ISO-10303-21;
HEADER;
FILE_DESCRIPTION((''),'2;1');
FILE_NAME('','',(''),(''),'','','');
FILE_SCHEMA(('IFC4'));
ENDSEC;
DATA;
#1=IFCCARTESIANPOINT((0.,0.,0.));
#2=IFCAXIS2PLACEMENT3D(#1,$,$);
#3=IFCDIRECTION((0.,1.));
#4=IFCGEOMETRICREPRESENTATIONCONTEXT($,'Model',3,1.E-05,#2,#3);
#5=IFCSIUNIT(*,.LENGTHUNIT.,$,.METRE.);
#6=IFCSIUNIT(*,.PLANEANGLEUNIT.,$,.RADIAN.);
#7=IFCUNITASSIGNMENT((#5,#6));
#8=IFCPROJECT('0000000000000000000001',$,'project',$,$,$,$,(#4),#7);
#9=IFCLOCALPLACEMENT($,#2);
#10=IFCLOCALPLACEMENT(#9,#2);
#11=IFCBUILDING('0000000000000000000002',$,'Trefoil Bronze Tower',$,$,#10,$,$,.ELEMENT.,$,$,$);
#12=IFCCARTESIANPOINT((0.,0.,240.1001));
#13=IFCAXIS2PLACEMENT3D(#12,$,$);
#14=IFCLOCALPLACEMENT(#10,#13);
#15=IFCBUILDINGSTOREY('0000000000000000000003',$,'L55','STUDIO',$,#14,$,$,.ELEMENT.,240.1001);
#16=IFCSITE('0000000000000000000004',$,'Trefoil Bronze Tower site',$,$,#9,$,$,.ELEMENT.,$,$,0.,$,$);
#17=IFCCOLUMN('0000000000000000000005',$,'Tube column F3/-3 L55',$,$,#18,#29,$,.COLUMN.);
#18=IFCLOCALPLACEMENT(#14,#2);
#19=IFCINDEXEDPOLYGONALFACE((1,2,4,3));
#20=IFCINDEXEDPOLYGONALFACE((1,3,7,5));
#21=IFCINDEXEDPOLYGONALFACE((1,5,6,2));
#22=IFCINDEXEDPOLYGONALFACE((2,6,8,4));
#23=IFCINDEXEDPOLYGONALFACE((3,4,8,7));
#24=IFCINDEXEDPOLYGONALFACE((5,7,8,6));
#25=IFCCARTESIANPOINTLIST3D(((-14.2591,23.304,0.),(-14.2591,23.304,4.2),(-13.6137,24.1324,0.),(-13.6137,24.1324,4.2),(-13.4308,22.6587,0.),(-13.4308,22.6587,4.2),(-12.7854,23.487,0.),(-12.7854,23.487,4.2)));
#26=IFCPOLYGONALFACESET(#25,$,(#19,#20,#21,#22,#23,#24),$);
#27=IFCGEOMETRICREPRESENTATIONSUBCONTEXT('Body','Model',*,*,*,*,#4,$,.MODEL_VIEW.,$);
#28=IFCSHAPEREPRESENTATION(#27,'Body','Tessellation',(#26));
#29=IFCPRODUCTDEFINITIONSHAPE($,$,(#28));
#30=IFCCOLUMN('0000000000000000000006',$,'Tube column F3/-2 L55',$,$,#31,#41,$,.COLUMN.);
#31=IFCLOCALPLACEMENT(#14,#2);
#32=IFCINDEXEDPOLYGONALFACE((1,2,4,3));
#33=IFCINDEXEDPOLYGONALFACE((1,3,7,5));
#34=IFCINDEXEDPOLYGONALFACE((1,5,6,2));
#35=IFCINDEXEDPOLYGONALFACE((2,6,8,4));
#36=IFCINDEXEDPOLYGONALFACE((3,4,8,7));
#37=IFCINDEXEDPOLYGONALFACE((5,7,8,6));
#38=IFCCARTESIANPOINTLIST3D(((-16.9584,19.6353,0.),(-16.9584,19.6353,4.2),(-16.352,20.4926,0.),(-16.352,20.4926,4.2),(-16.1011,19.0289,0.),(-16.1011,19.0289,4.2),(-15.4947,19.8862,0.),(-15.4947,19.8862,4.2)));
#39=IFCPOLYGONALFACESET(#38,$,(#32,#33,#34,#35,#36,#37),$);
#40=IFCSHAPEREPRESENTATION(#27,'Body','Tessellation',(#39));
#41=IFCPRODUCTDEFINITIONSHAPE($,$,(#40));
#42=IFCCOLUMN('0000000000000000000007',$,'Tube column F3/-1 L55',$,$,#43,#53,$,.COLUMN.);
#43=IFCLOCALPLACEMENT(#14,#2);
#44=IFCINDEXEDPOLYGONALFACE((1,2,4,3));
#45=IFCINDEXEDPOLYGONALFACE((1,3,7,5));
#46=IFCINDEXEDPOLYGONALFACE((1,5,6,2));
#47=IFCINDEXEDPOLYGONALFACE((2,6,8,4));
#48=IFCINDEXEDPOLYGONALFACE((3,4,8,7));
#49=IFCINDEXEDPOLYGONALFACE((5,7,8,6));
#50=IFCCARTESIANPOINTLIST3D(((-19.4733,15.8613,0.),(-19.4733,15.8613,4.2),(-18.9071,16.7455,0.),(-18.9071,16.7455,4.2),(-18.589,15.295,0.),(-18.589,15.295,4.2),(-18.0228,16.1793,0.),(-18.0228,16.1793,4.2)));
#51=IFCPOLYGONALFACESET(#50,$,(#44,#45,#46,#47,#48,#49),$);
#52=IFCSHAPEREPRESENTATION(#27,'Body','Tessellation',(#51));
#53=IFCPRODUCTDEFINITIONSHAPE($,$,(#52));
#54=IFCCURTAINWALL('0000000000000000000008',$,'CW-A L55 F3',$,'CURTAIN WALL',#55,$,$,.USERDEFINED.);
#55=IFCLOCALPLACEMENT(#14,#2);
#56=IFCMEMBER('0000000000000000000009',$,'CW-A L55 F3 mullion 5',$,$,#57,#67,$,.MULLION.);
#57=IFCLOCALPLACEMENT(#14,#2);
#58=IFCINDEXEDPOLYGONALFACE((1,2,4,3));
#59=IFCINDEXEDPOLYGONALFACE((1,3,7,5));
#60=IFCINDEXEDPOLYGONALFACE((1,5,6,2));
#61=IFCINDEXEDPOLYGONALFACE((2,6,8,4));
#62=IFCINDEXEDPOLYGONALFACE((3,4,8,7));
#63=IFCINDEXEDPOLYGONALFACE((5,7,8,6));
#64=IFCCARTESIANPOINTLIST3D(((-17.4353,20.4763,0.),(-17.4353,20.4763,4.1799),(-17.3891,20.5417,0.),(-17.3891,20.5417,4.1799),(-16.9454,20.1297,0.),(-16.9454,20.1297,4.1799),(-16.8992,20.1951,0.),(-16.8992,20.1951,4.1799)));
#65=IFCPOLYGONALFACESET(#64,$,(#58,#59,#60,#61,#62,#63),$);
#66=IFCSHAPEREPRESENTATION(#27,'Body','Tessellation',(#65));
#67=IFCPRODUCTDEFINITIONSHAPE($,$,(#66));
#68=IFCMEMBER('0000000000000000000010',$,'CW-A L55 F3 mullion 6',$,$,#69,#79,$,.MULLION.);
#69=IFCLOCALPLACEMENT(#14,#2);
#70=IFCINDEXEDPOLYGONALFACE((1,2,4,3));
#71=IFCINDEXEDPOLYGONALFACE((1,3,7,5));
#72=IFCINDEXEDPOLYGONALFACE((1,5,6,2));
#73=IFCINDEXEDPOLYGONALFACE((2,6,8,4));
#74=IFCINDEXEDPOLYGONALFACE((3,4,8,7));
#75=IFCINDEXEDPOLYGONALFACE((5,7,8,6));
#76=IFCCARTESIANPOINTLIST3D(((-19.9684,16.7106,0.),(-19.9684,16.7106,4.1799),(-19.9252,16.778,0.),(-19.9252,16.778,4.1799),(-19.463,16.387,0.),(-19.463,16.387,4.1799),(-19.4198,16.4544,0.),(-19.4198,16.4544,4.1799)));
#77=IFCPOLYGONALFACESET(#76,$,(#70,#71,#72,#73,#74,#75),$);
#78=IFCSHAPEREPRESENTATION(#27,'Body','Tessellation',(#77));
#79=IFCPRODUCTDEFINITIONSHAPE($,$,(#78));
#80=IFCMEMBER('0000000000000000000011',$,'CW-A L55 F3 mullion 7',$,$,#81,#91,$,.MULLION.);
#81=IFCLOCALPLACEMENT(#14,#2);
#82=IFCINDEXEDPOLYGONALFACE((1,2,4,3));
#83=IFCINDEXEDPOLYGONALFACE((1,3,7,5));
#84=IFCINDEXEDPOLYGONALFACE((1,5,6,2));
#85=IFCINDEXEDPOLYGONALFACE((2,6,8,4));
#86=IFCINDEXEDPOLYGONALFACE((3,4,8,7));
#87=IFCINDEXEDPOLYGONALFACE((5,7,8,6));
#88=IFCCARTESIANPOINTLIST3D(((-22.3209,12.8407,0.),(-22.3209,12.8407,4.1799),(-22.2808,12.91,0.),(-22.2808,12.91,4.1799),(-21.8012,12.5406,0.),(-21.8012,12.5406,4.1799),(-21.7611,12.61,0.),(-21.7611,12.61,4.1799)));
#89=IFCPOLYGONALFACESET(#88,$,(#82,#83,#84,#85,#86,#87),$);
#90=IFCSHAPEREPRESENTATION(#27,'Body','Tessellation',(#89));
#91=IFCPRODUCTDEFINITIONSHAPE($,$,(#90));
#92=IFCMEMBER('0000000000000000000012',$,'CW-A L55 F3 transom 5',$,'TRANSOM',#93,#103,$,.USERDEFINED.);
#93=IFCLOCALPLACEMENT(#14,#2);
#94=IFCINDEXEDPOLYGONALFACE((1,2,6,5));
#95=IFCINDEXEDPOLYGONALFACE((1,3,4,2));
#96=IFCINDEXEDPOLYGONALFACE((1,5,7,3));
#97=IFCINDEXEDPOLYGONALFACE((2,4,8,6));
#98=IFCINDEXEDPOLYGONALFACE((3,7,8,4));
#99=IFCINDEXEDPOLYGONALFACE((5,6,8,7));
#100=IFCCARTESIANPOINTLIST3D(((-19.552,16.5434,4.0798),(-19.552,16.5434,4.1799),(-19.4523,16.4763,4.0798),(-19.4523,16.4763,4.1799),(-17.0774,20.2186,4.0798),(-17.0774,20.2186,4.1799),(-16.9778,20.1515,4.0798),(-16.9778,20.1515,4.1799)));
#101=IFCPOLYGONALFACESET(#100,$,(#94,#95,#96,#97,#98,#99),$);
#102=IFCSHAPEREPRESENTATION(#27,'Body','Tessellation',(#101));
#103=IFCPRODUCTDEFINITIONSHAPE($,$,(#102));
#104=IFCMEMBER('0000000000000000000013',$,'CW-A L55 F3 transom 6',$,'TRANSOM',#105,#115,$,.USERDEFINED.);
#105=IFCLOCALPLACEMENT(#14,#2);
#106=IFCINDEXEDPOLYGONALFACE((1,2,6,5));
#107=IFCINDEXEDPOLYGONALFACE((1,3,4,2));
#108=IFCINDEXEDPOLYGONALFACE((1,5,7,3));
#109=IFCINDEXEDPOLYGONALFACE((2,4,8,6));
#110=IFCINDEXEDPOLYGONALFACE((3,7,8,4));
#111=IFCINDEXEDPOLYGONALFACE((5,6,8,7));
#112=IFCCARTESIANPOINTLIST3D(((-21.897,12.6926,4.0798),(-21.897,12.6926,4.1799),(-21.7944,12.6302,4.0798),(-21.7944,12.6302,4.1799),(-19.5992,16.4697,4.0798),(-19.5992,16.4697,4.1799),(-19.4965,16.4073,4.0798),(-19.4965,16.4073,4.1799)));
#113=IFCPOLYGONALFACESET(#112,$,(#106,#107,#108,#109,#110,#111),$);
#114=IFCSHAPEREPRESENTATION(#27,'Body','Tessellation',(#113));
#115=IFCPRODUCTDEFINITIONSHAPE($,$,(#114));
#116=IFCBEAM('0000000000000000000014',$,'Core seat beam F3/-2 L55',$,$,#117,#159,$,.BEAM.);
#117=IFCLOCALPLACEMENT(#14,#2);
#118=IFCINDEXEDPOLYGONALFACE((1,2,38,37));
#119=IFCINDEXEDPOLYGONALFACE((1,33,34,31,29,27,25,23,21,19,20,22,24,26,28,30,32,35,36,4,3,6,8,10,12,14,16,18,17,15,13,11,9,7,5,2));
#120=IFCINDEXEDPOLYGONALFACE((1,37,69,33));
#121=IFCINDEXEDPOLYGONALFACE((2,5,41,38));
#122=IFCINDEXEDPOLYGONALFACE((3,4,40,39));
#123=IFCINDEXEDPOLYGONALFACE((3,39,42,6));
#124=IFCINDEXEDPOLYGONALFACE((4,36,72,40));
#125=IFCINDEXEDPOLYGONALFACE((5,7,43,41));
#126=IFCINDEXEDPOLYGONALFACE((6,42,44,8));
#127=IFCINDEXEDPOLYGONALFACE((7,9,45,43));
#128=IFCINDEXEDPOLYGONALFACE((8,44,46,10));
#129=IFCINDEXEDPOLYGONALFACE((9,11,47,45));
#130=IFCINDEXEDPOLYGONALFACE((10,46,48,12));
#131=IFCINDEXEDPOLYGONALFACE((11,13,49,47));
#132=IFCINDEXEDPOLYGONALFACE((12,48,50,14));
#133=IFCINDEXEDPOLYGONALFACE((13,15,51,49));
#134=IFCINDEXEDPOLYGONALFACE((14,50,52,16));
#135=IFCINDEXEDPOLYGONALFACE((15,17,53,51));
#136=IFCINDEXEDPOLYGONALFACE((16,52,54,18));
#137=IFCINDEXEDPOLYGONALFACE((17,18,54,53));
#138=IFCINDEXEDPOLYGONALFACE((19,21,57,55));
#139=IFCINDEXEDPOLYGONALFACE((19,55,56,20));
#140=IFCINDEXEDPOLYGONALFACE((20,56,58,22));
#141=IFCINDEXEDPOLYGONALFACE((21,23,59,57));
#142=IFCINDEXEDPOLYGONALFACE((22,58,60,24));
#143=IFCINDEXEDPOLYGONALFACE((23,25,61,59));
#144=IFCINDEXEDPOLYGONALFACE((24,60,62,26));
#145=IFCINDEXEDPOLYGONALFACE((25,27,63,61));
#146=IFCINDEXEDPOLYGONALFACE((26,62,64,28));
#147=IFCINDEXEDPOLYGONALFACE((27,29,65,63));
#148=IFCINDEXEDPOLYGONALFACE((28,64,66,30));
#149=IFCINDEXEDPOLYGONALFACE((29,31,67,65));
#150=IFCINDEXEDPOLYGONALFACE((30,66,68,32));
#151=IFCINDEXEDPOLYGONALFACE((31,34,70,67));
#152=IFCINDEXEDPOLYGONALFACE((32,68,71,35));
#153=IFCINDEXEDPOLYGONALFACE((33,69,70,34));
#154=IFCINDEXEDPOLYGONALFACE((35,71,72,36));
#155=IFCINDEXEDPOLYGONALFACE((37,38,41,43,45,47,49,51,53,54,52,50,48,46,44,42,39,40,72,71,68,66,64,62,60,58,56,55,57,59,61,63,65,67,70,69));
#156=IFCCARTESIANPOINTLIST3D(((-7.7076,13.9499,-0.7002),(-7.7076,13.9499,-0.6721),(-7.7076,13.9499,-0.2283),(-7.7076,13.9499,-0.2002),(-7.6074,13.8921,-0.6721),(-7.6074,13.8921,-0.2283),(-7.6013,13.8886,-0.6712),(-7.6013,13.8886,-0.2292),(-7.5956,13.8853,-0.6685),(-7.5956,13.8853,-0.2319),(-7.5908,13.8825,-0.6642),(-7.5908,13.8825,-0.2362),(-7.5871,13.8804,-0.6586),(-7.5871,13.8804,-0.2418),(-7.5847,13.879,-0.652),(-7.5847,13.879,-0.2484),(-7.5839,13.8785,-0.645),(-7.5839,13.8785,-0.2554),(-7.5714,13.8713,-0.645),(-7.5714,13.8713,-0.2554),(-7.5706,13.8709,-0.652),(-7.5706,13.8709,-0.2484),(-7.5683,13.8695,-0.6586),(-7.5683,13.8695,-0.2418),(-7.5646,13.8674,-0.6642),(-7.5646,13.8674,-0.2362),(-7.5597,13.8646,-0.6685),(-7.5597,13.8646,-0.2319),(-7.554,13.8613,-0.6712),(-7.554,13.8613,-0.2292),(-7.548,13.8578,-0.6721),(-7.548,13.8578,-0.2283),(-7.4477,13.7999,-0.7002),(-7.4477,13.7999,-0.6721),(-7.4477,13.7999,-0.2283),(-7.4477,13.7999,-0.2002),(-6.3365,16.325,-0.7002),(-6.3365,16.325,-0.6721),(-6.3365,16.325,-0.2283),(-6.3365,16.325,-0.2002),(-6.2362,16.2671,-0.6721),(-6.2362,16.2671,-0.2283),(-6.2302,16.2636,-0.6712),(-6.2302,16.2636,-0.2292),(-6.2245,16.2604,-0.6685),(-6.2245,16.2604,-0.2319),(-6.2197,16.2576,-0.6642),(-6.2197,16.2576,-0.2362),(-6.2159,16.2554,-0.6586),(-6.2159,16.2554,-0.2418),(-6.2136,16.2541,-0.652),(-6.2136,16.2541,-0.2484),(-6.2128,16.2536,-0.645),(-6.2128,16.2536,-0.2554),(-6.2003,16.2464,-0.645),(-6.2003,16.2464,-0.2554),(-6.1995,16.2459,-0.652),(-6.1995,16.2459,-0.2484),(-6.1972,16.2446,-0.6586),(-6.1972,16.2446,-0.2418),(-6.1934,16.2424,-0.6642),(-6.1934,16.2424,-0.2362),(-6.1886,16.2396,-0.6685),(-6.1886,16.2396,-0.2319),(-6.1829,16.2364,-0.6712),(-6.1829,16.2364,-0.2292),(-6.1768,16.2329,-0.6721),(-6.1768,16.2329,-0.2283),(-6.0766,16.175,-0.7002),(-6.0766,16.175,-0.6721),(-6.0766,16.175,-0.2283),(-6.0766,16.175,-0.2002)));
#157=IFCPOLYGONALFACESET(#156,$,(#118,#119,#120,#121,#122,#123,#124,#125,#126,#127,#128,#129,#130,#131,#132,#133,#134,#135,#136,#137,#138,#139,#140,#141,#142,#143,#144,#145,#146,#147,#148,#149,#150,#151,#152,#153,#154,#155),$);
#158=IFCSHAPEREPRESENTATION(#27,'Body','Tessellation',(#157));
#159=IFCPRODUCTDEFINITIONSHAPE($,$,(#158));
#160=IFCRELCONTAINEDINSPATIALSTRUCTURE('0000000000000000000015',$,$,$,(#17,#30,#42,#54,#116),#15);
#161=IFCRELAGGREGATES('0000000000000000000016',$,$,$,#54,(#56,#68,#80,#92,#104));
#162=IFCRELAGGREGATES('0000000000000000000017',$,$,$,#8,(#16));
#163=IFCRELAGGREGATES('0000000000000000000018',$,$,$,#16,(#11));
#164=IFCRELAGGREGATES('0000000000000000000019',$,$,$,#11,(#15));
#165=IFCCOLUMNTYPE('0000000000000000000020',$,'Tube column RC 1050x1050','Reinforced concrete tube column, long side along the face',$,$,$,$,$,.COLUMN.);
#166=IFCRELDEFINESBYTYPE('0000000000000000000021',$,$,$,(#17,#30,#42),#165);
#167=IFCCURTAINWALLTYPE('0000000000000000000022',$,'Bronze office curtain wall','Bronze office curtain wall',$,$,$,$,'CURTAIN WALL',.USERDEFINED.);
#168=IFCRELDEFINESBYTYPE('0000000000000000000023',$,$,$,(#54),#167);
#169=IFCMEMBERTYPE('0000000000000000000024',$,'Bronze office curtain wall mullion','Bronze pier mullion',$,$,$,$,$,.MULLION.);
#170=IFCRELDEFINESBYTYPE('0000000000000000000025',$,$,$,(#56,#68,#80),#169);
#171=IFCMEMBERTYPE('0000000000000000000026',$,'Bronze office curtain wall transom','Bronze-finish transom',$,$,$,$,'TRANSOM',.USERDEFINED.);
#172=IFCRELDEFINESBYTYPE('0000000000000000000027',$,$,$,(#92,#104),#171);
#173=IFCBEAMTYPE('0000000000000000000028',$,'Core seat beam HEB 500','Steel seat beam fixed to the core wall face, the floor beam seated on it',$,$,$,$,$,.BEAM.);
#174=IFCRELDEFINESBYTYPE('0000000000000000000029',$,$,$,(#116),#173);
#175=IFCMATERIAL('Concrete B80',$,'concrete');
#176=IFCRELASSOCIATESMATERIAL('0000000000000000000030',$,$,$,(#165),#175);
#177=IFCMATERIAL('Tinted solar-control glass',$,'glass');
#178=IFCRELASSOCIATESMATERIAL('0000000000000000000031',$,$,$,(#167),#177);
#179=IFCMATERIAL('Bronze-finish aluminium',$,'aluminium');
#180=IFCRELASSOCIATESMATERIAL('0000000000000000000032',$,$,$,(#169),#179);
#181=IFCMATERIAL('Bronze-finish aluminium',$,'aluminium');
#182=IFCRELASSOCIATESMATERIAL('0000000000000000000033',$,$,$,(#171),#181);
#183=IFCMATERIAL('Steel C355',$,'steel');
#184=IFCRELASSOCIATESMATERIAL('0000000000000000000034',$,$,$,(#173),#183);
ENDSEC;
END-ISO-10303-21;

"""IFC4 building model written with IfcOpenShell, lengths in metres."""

from ifc_helpers import new_model, si_unit, direction, frame, origin, origin_2d, place, context, subcontext, project, spatial, rectangle, i_section, extrude, material, material_profile, profile_set, type_object, element, aggregate, save


model = new_model("IFC4")

# Units and contexts
model_context = context("Model", 3, precision=1e-05, world=origin(), true_north=direction((0.0, 1.0)))
body_context = subcontext(model_context, "Body", "Model", "MODEL_VIEW")
ifc_project = project(units=[si_unit("LENGTHUNIT", "METRE"), si_unit("PLANEANGLEUNIT", "RADIAN")], contexts=[model_context])

# Site, building, storey
site_placement = place(None, origin())
site = spatial("IfcSite", under=ifc_project, at=site_placement, Name="Trefoil Bronze Tower site", CompositionType="ELEMENT", RefElevation=0.0)
building_placement = place(site_placement, origin())
building = spatial("IfcBuilding", under=site, at=building_placement, Name="Trefoil Bronze Tower", CompositionType="ELEMENT")
storey_placement = place(building_placement, frame((0.0, 0.0, 240.1001)))
storey = spatial("IfcBuildingStorey", under=building, at=storey_placement, Name="L55", Description="STUDIO", CompositionType="ELEMENT", Elevation=240.1001)

# Columns
ifc_material_1 = material(Name="Concrete B80", Category="concrete")
ifc_material_profile_1 = material_profile(ifc_material_1, rectangle(XDim=1.05, YDim=1.05, at=origin_2d()), Name="RC 1050x1050")
ifc_profile_set_1 = profile_set([ifc_material_profile_1], Name="Concrete B80")
column_type = type_object("IfcColumnType", Name="Tube column RC 1050x1050", Description="Reinforced concrete tube column, long side along the face", PredefinedType="COLUMN", material=ifc_profile_set_1)
for number, where, z_axis, x_axis, name in (
    (1, (-13.5222, 23.3955, 0.0), (0.0, 0.0, 1.0), (-0.614622, -0.788821, 0.0), "Tube column F3/-3 L55"),
    (2, (-16.2266, 19.7607, 0.0), (0.0, 0.0, 1.0), (-0.577481, -0.816404, 0.0), "Tube column F3/-2 L55"),
    (3, (-18.748, 16.0203, 0.0), (0.0, 0.0, 1.0), (-0.53927, -0.842133, 0.0), "Tube column F3/-1 L55"),
):
    element("IfcColumn", number, at=place(storey_placement, frame(where, z_axis=z_axis, x_axis=x_axis)), inside=storey, type_object=column_type, Name=name, PredefinedType="COLUMN", context=body_context, shape_type="SweptSolid", body=[
        extrude(rectangle(XDim=1.05, YDim=1.05, at=origin_2d()), origin(), (0.0, 0.0, 1.0), 4.2),
    ])

# Curtain wall, members
ifc_material_2 = material(Name="Tinted solar-control glass", Category="glass")
curtain_wall_type = type_object("IfcCurtainWallType", Name="Bronze office curtain wall", Description="Bronze office curtain wall", ElementType="CURTAIN WALL", PredefinedType="USERDEFINED", material=ifc_material_2)
curtain_wall_placement = place(storey_placement, origin())
curtain_wall = element("IfcCurtainWall", 4, at=curtain_wall_placement, inside=storey, type_object=curtain_wall_type, Name="CW-A L55 F3", ObjectType="CURTAIN WALL", PredefinedType="USERDEFINED")
ifc_material_3 = material(Name="Bronze-finish aluminium", Category="aluminium")
ifc_material_profile_2 = material_profile(ifc_material_3, rectangle(XDim=0.6001, YDim=0.0801, at=origin_2d()), Name="CW-A mullion")
ifc_profile_set_2 = profile_set([ifc_material_profile_2], Name="Bronze-finish aluminium")
member_type_1 = type_object("IfcMemberType", Name="Bronze office curtain wall mullion", Description="Bronze pier mullion", PredefinedType="MULLION", material=ifc_profile_set_2)
member_1_placement = place(storey_placement, frame((-17.1672, 20.3357, 0.0), z_axis=(0.0, 0.0, 1.0), x_axis=(0.816404, -0.577481, 0.0)))
member_1 = element("IfcMember", 5, at=member_1_placement, type_object=member_type_1, Name="CW-A L55 F3 mullion 5", PredefinedType="MULLION", context=body_context, shape_type="SweptSolid", body=[
    extrude(rectangle(XDim=0.6001, YDim=0.0801, at=origin_2d()), origin(), (0.0, 0.0, 1.0), 4.1799),
])
member_2_placement = place(storey_placement, frame((-19.6941, 16.5825, 0.0), z_axis=(0.0, 0.0, 1.0), x_axis=(0.842133, -0.53927, 0.0)))
member_2 = element("IfcMember", 6, at=member_2_placement, type_object=member_type_1, Name="CW-A L55 F3 mullion 6", PredefinedType="MULLION", context=body_context, shape_type="SweptSolid", body=[
    extrude(rectangle(XDim=0.6001, YDim=0.0801, at=origin_2d()), origin(), (0.0, 0.0, 1.0), 4.1799),
])
member_3_placement = place(storey_placement, frame((-22.041, 12.7253, 0.0), z_axis=(0.0, 0.0, 1.0), x_axis=(0.866025, -0.5, 0.0)))
member_3 = element("IfcMember", 7, at=member_3_placement, type_object=member_type_1, Name="CW-A L55 F3 mullion 7", PredefinedType="MULLION", context=body_context, shape_type="SweptSolid", body=[
    extrude(rectangle(XDim=0.6001, YDim=0.0801, at=origin_2d()), origin(), (0.0, 0.0, 1.0), 4.1799),
])
ifc_material_4 = material(Name="Bronze-finish aluminium", Category="aluminium")
ifc_material_profile_3 = material_profile(ifc_material_4, rectangle(XDim=0.1201, YDim=0.1001, at=origin_2d()), Name="CW-A transom")
ifc_profile_set_3 = profile_set([ifc_material_profile_3], Name="Bronze-finish aluminium")
member_type_2 = type_object("IfcMemberType", Name="Bronze office curtain wall transom", Description="Bronze-finish transom", ElementType="TRANSOM", PredefinedType="USERDEFINED", material=ifc_profile_set_3)
member_4_placement = place(storey_placement, frame((-17.0276, 20.1851, 4.1299), z_axis=(-0.558509, -0.829498, 0.0), x_axis=(0.829498, -0.558509, 0.0)))
member_4 = element("IfcMember", 8, at=member_4_placement, type_object=member_type_2, Name="CW-A L55 F3 transom 5", ObjectType="TRANSOM", PredefinedType="USERDEFINED", context=body_context, shape_type="SweptSolid", body=[
    extrude(rectangle(XDim=0.1201, YDim=0.1001, at=origin_2d()), origin(), (0.0, 0.0, 1.0), 4.4307),
])
member_5_placement = place(storey_placement, frame((-19.5479, 16.4385, 4.1299), z_axis=(-0.51974, -0.854324, 0.0), x_axis=(0.854324, -0.51974, 0.0)))
member_5 = element("IfcMember", 9, at=member_5_placement, type_object=member_type_2, Name="CW-A L55 F3 transom 6", ObjectType="TRANSOM", PredefinedType="USERDEFINED", context=body_context, shape_type="SweptSolid", body=[
    extrude(rectangle(XDim=0.1201, YDim=0.1001, at=origin_2d()), origin(), (0.0, 0.0, 1.0), 4.4211),
])

# Beam
ifc_material_5 = material(Name="Steel C355", Category="steel")
ifc_material_profile_4 = material_profile(ifc_material_5, i_section(OverallWidth=0.3, OverallDepth=0.5, WebThickness=0.0144, FlangeThickness=0.0281, FilletRadius=0.0271, at=origin_2d()), Name="HEB 500")
ifc_profile_set_4 = profile_set([ifc_material_profile_4], Name="Steel C355")
beam_type_1 = type_object("IfcBeamType", Name="Core seat beam HEB 500", Description="Steel seat beam fixed to the core wall face, the floor beam seated on it", PredefinedType="BEAM", material=ifc_profile_set_4)
beam_1_placement = place(storey_placement, frame((-6.2065, 16.25, -0.4502), z_axis=(-0.499969, -0.866043, 0.0), x_axis=(0.866043, -0.499969, 0.0)))
element("IfcBeam", 10, at=beam_1_placement, inside=storey, type_object=beam_type_1, Name="Core seat beam F3/-2 L55", PredefinedType="BEAM", context=body_context, shape_type="SweptSolid", body=[
    extrude(i_section(OverallWidth=0.3, OverallDepth=0.5, WebThickness=0.0144, FlangeThickness=0.0281, FilletRadius=0.0271, at=origin_2d()), origin(), (0.0, 0.0, 1.0), 2.7424),
])

aggregate(curtain_wall, [member_1, member_2, member_3, member_4, member_5])

save(model, "model.ifc")
